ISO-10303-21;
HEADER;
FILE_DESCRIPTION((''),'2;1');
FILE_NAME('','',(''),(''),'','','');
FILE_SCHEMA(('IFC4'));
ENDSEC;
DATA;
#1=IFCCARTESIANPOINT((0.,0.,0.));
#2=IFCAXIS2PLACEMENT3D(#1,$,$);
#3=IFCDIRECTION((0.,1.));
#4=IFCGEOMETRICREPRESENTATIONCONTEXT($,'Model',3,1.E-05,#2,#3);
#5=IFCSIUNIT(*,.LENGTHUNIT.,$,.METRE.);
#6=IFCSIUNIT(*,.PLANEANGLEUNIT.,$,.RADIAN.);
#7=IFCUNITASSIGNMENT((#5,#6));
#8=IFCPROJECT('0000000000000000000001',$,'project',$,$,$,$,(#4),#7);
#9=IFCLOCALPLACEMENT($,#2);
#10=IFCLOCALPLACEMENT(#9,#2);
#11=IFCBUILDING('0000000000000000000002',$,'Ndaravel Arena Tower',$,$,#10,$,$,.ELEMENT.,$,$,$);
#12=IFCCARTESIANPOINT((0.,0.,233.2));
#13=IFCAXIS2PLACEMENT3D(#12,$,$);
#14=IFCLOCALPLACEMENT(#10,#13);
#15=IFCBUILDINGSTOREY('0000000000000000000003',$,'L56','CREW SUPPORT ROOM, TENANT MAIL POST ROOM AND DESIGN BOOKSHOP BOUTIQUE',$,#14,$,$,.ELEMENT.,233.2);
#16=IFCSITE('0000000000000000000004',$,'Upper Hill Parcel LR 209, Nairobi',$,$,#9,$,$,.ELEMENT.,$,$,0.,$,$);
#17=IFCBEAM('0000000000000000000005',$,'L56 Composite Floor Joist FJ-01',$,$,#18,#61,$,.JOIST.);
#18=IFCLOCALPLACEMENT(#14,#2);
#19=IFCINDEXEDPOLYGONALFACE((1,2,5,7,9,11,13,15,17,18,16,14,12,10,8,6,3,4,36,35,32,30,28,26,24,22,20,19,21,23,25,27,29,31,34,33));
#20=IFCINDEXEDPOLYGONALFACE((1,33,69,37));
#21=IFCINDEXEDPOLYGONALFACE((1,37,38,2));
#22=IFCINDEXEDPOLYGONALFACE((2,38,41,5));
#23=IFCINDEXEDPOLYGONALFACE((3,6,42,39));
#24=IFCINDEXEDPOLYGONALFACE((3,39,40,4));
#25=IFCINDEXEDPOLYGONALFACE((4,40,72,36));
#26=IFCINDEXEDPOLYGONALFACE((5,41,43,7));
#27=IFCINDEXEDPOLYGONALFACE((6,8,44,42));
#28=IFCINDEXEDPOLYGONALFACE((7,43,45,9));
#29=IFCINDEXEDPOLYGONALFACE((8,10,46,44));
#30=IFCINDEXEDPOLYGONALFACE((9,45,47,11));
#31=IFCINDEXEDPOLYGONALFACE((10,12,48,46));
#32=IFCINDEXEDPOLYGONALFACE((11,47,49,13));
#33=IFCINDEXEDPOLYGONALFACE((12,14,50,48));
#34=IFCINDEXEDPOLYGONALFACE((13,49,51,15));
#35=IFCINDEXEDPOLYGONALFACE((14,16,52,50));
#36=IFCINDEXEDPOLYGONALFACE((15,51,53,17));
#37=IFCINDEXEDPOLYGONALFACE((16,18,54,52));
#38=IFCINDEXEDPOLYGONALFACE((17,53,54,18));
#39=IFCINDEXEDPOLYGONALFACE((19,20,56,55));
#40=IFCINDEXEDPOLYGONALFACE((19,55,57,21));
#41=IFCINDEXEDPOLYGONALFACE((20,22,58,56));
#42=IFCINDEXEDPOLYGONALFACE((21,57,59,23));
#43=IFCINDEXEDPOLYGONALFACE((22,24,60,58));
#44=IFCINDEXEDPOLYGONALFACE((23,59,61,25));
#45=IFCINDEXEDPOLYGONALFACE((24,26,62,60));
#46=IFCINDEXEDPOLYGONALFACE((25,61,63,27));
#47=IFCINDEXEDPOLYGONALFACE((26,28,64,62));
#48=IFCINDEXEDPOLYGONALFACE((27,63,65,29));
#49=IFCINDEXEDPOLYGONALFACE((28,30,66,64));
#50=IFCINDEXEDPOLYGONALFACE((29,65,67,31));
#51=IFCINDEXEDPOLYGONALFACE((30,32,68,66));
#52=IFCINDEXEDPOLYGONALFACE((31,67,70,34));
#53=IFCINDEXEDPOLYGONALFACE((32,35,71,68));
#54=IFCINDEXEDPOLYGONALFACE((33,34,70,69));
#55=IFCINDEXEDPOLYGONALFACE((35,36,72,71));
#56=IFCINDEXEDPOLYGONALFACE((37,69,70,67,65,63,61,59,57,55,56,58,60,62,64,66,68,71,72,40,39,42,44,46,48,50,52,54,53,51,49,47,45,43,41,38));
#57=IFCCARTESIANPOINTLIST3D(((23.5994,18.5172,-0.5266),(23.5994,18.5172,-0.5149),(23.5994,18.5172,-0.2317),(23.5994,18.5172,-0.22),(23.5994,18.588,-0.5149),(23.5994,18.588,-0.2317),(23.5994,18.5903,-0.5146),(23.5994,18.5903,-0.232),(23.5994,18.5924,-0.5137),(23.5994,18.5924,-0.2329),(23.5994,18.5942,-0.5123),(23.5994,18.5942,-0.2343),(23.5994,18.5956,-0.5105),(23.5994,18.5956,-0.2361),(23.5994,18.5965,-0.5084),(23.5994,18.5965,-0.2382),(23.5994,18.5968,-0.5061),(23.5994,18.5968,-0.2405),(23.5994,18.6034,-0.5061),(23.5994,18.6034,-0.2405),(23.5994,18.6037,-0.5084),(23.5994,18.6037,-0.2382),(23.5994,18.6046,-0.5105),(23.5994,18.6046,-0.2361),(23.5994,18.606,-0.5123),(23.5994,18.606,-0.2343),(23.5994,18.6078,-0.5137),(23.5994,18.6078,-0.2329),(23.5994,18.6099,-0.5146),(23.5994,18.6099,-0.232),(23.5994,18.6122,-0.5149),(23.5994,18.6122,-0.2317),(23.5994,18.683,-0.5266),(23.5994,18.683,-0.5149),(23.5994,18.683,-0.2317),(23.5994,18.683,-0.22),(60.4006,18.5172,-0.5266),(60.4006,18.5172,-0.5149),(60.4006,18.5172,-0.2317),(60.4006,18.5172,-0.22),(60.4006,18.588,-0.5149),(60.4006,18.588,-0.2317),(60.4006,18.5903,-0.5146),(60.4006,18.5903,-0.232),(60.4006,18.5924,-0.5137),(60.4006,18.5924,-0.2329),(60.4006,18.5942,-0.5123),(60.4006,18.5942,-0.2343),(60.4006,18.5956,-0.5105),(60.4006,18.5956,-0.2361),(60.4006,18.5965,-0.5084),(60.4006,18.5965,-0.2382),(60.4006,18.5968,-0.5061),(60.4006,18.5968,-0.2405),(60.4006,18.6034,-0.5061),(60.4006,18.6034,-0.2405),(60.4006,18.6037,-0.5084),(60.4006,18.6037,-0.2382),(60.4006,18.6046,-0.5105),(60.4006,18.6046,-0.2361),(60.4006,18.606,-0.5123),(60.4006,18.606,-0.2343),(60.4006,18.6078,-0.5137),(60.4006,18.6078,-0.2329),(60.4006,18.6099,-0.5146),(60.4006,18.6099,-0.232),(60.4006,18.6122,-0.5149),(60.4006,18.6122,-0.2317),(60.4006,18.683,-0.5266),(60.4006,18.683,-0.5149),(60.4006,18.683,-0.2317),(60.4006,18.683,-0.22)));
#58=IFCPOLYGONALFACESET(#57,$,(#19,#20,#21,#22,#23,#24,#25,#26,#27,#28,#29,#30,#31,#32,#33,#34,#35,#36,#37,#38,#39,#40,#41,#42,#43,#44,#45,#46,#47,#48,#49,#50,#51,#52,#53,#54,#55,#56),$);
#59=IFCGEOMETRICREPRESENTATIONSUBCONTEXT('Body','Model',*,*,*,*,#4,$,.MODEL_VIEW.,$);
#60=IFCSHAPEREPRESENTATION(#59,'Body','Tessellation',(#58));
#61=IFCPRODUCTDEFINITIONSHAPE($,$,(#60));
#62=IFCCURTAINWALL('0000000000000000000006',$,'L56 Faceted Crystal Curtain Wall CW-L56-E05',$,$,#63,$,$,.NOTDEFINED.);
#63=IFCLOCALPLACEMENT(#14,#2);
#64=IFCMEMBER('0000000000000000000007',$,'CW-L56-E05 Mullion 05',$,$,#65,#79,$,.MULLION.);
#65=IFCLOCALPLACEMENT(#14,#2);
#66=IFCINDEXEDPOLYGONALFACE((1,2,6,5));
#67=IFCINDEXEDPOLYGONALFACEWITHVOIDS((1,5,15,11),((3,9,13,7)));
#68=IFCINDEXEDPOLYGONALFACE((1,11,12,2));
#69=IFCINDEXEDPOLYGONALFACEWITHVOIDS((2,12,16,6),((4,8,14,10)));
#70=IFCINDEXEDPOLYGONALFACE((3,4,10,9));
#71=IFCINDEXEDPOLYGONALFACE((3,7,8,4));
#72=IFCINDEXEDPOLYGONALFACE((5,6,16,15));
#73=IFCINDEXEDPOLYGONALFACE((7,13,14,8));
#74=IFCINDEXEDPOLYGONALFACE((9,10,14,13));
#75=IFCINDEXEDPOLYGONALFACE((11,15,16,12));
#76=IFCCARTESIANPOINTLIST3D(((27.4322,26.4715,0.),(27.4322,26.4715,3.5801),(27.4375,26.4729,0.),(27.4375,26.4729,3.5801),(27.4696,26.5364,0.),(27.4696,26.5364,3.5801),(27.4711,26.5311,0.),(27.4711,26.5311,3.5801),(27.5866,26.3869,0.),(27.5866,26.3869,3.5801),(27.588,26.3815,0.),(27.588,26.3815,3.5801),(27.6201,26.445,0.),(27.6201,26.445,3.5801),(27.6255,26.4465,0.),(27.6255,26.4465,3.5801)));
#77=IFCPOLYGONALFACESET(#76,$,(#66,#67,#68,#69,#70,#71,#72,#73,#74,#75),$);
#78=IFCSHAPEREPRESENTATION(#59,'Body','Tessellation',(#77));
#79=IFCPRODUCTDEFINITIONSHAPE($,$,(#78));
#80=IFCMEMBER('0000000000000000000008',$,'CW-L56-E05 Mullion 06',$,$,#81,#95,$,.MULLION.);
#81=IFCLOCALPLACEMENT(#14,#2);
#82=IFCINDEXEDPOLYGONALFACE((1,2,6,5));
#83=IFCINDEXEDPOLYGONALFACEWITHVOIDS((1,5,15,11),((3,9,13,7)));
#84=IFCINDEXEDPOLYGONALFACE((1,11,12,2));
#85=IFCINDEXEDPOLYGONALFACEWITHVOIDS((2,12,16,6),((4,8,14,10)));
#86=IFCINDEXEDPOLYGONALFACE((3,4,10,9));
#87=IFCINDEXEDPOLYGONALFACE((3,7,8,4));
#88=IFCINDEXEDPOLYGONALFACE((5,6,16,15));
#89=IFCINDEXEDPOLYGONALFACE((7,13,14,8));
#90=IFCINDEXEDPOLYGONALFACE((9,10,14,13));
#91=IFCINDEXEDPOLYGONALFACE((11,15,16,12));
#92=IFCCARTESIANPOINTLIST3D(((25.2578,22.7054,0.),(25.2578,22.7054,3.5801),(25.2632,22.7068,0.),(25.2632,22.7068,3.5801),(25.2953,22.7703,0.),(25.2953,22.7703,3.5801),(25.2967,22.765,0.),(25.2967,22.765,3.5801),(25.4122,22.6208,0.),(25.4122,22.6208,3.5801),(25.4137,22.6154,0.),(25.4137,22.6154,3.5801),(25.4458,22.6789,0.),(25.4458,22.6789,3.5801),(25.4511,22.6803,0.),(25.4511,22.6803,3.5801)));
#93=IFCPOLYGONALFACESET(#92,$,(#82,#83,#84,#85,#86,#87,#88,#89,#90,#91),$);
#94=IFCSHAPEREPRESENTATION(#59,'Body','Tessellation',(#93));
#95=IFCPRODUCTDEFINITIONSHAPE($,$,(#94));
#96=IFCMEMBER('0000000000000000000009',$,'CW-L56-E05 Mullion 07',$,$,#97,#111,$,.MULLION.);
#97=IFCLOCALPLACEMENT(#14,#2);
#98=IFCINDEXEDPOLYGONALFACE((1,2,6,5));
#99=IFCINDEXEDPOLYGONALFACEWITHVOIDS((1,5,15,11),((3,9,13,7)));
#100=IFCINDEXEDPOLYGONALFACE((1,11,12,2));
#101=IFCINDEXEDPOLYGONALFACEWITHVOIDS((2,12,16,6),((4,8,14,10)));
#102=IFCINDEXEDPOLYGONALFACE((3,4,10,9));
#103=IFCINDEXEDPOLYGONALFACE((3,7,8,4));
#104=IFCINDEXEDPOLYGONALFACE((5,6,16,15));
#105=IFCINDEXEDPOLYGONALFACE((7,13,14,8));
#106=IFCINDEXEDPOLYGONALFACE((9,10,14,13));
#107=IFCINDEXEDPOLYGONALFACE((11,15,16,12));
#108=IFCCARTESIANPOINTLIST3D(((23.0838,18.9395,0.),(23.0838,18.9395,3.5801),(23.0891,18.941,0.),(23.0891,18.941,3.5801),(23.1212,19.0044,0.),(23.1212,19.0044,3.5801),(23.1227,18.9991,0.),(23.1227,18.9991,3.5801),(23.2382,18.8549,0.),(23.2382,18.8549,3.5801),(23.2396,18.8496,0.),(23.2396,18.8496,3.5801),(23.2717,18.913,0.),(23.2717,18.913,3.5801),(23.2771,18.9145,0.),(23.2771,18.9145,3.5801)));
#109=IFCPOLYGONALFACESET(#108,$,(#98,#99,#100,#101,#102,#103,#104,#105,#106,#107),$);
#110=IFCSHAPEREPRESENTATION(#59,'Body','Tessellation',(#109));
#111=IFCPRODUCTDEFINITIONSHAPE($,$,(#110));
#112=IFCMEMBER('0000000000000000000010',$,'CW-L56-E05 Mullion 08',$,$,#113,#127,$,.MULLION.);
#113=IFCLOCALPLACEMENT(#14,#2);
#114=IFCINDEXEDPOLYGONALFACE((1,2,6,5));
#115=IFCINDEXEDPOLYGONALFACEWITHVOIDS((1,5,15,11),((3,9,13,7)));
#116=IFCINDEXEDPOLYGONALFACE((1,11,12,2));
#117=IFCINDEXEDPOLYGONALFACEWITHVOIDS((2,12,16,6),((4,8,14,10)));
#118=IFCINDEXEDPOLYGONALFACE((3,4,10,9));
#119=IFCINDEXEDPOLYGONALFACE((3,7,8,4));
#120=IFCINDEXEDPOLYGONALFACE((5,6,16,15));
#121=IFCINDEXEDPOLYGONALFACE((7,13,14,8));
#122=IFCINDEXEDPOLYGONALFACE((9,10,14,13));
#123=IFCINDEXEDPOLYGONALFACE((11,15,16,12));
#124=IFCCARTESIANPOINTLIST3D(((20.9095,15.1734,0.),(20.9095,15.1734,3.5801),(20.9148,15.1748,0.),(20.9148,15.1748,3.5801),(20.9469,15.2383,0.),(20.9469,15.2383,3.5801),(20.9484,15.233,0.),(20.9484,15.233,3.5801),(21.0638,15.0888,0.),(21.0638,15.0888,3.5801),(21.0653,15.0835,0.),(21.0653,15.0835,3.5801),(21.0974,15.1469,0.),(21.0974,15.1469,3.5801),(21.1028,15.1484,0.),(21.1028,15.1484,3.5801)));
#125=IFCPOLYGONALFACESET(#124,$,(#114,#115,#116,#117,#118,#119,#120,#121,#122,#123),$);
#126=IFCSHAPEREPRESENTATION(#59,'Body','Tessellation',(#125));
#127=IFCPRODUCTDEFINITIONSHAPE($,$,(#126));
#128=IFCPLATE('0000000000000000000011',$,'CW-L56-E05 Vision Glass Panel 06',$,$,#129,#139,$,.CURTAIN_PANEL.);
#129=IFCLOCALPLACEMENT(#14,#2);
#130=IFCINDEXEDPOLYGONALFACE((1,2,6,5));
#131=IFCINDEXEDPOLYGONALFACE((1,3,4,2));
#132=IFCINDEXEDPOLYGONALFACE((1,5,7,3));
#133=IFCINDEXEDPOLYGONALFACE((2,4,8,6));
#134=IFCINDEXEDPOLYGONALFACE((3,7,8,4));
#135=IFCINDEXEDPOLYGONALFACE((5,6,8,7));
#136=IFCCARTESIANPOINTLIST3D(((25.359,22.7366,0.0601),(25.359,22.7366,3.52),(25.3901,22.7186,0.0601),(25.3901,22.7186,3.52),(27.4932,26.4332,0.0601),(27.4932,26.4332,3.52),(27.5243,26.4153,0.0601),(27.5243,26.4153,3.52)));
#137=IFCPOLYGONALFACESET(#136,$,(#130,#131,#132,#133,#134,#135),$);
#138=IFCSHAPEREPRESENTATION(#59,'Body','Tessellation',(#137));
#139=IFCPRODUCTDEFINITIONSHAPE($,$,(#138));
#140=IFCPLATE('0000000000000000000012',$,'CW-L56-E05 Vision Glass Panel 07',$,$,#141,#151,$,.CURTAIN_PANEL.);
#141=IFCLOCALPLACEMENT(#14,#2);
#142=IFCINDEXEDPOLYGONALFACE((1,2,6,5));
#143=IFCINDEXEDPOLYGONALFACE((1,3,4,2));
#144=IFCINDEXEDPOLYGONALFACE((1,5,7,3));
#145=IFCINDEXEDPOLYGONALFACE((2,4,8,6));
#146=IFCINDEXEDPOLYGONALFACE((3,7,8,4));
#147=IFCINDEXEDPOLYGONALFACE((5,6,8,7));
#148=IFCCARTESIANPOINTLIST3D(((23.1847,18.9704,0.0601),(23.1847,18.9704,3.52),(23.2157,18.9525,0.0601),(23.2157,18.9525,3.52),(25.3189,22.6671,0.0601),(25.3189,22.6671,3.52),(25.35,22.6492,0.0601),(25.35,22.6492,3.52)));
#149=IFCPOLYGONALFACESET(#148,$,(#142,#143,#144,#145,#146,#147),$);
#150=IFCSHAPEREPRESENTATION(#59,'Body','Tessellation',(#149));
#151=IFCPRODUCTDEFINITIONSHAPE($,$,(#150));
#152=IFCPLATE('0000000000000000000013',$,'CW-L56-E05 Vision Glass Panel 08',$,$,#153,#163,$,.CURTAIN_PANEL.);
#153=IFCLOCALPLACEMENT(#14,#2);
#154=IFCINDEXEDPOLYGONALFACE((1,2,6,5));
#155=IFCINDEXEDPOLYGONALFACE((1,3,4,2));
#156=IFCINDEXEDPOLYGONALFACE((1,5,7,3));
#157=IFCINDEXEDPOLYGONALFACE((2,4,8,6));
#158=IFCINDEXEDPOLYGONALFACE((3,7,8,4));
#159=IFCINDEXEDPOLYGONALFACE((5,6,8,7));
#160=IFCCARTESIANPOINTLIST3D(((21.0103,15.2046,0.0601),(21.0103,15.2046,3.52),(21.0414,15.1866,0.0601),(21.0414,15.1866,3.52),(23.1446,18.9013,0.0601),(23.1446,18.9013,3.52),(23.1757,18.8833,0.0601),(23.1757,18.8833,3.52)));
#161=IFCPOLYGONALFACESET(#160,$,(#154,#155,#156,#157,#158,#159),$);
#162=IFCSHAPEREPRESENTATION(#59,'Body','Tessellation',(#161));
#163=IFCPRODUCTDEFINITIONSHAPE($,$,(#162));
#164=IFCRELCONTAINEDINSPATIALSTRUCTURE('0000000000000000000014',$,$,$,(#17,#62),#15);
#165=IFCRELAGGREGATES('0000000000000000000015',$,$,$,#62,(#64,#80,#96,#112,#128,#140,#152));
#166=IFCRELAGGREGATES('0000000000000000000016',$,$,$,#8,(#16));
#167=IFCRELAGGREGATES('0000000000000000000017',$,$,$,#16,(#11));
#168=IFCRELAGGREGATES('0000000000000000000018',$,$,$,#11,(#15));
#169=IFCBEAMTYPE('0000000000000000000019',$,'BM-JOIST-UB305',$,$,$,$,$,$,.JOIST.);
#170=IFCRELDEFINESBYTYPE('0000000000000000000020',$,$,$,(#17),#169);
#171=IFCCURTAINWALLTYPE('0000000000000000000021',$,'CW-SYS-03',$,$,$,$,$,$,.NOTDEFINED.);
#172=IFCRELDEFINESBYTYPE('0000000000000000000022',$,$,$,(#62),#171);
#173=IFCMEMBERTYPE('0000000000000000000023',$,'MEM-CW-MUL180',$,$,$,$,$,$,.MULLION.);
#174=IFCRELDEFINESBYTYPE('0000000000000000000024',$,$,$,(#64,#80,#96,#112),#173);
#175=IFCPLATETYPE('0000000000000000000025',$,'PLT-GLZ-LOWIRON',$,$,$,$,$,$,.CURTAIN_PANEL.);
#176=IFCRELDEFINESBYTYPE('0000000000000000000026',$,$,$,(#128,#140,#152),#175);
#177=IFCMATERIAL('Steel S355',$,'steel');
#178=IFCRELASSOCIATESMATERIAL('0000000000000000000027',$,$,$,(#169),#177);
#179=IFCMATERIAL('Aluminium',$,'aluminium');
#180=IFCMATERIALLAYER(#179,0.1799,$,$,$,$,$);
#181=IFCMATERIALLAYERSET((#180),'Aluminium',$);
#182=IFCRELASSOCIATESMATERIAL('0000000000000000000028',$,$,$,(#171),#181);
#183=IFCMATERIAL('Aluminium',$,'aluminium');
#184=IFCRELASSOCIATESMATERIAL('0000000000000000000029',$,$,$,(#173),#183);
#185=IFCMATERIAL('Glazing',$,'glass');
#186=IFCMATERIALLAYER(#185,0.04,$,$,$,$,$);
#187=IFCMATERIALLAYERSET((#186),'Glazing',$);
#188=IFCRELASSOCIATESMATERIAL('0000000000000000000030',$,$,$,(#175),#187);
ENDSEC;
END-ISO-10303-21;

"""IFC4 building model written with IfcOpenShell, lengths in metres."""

from ifc_helpers import new_model, si_unit, direction, frame, origin, origin_2d, place, context, subcontext, project, spatial, rectangle, hollow_rectangle, i_section, extrude, material, layer, layer_set, material_profile, profile_set, type_object, element, aggregate, save


model = new_model("IFC4")

# Units and contexts
model_context = context("Model", 3, precision=1e-05, world=origin(), true_north=direction((0.0, 1.0)))
body_context = subcontext(model_context, "Body", "Model", "MODEL_VIEW")
ifc_project = project(units=[si_unit("LENGTHUNIT", "METRE"), si_unit("PLANEANGLEUNIT", "RADIAN")], contexts=[model_context])

# Site, building, storey
site_placement = place(None, origin())
site = spatial("IfcSite", under=ifc_project, at=site_placement, Name="Upper Hill Parcel LR 209, Nairobi", CompositionType="ELEMENT", RefElevation=0.0)
building_placement = place(site_placement, origin())
building = spatial("IfcBuilding", under=site, at=building_placement, Name="Ndaravel Arena Tower", CompositionType="ELEMENT")
storey_placement = place(building_placement, frame((0.0, 0.0, 233.2)))
storey = spatial("IfcBuildingStorey", under=building, at=storey_placement, Name="L56", Description="CREW SUPPORT ROOM, TENANT MAIL POST ROOM AND DESIGN BOOKSHOP BOUTIQUE", CompositionType="ELEMENT", Elevation=233.2)

# Beam
ifc_material_1 = material(Name="Steel S355", Category="steel")
ifc_material_profile_1 = material_profile(ifc_material_1, i_section(OverallWidth=0.1658, OverallDepth=0.3066, WebThickness=0.0066, FlangeThickness=0.0117, FilletRadius=0.0088, at=origin_2d()), Name="UB 305x165x46")
ifc_profile_set_1 = profile_set([ifc_material_profile_1], Name="Steel S355")
beam_type = type_object("IfcBeamType", Name="BM-JOIST-UB305", PredefinedType="JOIST", material=ifc_profile_set_1)
beam_placement = place(storey_placement, frame((23.5994, 18.6001, -0.3733), z_axis=(1.0, 0.0, 0.0), x_axis=(0.0, 1.0, 0.0)))
element("IfcBeam", 1, at=beam_placement, inside=storey, type_object=beam_type, Name="L56 Composite Floor Joist FJ-01", PredefinedType="JOIST", context=body_context, shape_type="SweptSolid", body=[
    extrude(i_section(OverallWidth=0.1658, OverallDepth=0.3066, WebThickness=0.0066, FlangeThickness=0.0117, FilletRadius=0.0088, at=origin_2d()), origin(), (0.0, 0.0, 1.0), 36.8013),
])

# Curtain wall, members, plates
ifc_material_2 = material(Name="Aluminium", Category="aluminium")
ifc_layer_1 = layer(ifc_material_2, 0.1799)
ifc_layer_set_1 = layer_set([ifc_layer_1], Name="Aluminium")
curtain_wall_type = type_object("IfcCurtainWallType", Name="CW-SYS-03", PredefinedType="NOTDEFINED", material=ifc_layer_set_1)
curtain_wall_placement = place(storey_placement, origin())
curtain_wall = element("IfcCurtainWall", 2, at=curtain_wall_placement, inside=storey, type_object=curtain_wall_type, Name="L56 Faceted Crystal Curtain Wall CW-L56-E05", PredefinedType="NOTDEFINED")
ifc_material_3 = material(Name="Aluminium", Category="aluminium")
ifc_material_profile_2 = material_profile(ifc_material_3, hollow_rectangle(XDim=0.075, YDim=0.1799, WallThickness=0.0039, at=origin_2d()), Name="CW MULLION 75x180x4")
ifc_profile_set_2 = profile_set([ifc_material_profile_2], Name="Aluminium")
member_type = type_object("IfcMemberType", Name="MEM-CW-MUL180", PredefinedType="MULLION", material=ifc_profile_set_2)
member_1_placement = place(storey_placement, frame((27.5288, 26.459, 0.0), z_axis=(0.0, 0.0, 1.0), x_axis=(-0.5, -0.866025, 0.0)))
member_1 = element("IfcMember", 3, at=member_1_placement, type_object=member_type, Name="CW-L56-E05 Mullion 05", PredefinedType="MULLION", context=body_context, shape_type="SweptSolid", body=[
    extrude(hollow_rectangle(XDim=0.075, YDim=0.1799, WallThickness=0.0039, at=origin_2d()), origin(), (0.0, 0.0, 1.0), 3.5801),
])
member_2_placement = place(storey_placement, frame((25.3545, 22.6929, 0.0), z_axis=(0.0, 0.0, 1.0), x_axis=(-0.5, -0.866025, 0.0)))
member_2 = element("IfcMember", 4, at=member_2_placement, type_object=member_type, Name="CW-L56-E05 Mullion 06", PredefinedType="MULLION", context=body_context, shape_type="SweptSolid", body=[
    extrude(hollow_rectangle(XDim=0.075, YDim=0.1799, WallThickness=0.0039, at=origin_2d()), origin(), (0.0, 0.0, 1.0), 3.5801),
])
member_3_placement = place(storey_placement, frame((23.1804, 18.927, 0.0), z_axis=(0.0, 0.0, 1.0), x_axis=(-0.5, -0.866025, 0.0)))
member_3 = element("IfcMember", 5, at=member_3_placement, type_object=member_type, Name="CW-L56-E05 Mullion 07", PredefinedType="MULLION", context=body_context, shape_type="SweptSolid", body=[
    extrude(hollow_rectangle(XDim=0.075, YDim=0.1799, WallThickness=0.0039, at=origin_2d()), origin(), (0.0, 0.0, 1.0), 3.5801),
])
member_4_placement = place(storey_placement, frame((21.0061, 15.1609, 0.0), z_axis=(0.0, 0.0, 1.0), x_axis=(-0.5, -0.866025, 0.0)))
member_4 = element("IfcMember", 6, at=member_4_placement, type_object=member_type, Name="CW-L56-E05 Mullion 08", PredefinedType="MULLION", context=body_context, shape_type="SweptSolid", body=[
    extrude(hollow_rectangle(XDim=0.075, YDim=0.1799, WallThickness=0.0039, at=origin_2d()), origin(), (0.0, 0.0, 1.0), 3.5801),
])
ifc_material_4 = material(Name="Glazing", Category="glass")
ifc_layer_2 = layer(ifc_material_4, 0.04)
ifc_layer_set_2 = layer_set([ifc_layer_2], Name="Glazing")
plate_type = type_object("IfcPlateType", Name="PLT-GLZ-LOWIRON", PredefinedType="CURTAIN_PANEL", material=ifc_layer_set_2)
plate_1_placement = place(storey_placement, frame((26.4417, 24.5759, 0.0601), z_axis=(0.0, 0.0, 1.0), x_axis=(-0.5, -0.866025, 0.0)))
plate_1 = element("IfcPlate", 7, at=plate_1_placement, type_object=plate_type, Name="CW-L56-E05 Vision Glass Panel 06", PredefinedType="CURTAIN_PANEL", context=body_context, shape_type="SweptSolid", body=[
    extrude(rectangle(XDim=4.2686, YDim=0.0359, at=origin_2d()), origin(), (0.0, 0.0, 1.0), 3.46),
])
plate_2_placement = place(storey_placement, frame((24.2673, 20.8098, 0.0601), z_axis=(0.0, 0.0, 1.0), x_axis=(-0.5, -0.866025, 0.0)))
plate_2 = element("IfcPlate", 8, at=plate_2_placement, type_object=plate_type, Name="CW-L56-E05 Vision Glass Panel 07", PredefinedType="CURTAIN_PANEL", context=body_context, shape_type="SweptSolid", body=[
    extrude(rectangle(XDim=4.2686, YDim=0.0359, at=origin_2d()), origin(), (0.0, 0.0, 1.0), 3.46),
])
plate_3_placement = place(storey_placement, frame((22.093, 17.0439, 0.0601), z_axis=(0.0, 0.0, 1.0), x_axis=(-0.5, -0.866025, 0.0)))
plate_3 = element("IfcPlate", 9, at=plate_3_placement, type_object=plate_type, Name="CW-L56-E05 Vision Glass Panel 08", PredefinedType="CURTAIN_PANEL", context=body_context, shape_type="SweptSolid", body=[
    extrude(rectangle(XDim=4.2686, YDim=0.0359, at=origin_2d()), origin(), (0.0, 0.0, 1.0), 3.46),
])
aggregate(curtain_wall, [member_1, member_2, member_3, member_4, plate_1, plate_2, plate_3])

save(model, "model.ifc")
